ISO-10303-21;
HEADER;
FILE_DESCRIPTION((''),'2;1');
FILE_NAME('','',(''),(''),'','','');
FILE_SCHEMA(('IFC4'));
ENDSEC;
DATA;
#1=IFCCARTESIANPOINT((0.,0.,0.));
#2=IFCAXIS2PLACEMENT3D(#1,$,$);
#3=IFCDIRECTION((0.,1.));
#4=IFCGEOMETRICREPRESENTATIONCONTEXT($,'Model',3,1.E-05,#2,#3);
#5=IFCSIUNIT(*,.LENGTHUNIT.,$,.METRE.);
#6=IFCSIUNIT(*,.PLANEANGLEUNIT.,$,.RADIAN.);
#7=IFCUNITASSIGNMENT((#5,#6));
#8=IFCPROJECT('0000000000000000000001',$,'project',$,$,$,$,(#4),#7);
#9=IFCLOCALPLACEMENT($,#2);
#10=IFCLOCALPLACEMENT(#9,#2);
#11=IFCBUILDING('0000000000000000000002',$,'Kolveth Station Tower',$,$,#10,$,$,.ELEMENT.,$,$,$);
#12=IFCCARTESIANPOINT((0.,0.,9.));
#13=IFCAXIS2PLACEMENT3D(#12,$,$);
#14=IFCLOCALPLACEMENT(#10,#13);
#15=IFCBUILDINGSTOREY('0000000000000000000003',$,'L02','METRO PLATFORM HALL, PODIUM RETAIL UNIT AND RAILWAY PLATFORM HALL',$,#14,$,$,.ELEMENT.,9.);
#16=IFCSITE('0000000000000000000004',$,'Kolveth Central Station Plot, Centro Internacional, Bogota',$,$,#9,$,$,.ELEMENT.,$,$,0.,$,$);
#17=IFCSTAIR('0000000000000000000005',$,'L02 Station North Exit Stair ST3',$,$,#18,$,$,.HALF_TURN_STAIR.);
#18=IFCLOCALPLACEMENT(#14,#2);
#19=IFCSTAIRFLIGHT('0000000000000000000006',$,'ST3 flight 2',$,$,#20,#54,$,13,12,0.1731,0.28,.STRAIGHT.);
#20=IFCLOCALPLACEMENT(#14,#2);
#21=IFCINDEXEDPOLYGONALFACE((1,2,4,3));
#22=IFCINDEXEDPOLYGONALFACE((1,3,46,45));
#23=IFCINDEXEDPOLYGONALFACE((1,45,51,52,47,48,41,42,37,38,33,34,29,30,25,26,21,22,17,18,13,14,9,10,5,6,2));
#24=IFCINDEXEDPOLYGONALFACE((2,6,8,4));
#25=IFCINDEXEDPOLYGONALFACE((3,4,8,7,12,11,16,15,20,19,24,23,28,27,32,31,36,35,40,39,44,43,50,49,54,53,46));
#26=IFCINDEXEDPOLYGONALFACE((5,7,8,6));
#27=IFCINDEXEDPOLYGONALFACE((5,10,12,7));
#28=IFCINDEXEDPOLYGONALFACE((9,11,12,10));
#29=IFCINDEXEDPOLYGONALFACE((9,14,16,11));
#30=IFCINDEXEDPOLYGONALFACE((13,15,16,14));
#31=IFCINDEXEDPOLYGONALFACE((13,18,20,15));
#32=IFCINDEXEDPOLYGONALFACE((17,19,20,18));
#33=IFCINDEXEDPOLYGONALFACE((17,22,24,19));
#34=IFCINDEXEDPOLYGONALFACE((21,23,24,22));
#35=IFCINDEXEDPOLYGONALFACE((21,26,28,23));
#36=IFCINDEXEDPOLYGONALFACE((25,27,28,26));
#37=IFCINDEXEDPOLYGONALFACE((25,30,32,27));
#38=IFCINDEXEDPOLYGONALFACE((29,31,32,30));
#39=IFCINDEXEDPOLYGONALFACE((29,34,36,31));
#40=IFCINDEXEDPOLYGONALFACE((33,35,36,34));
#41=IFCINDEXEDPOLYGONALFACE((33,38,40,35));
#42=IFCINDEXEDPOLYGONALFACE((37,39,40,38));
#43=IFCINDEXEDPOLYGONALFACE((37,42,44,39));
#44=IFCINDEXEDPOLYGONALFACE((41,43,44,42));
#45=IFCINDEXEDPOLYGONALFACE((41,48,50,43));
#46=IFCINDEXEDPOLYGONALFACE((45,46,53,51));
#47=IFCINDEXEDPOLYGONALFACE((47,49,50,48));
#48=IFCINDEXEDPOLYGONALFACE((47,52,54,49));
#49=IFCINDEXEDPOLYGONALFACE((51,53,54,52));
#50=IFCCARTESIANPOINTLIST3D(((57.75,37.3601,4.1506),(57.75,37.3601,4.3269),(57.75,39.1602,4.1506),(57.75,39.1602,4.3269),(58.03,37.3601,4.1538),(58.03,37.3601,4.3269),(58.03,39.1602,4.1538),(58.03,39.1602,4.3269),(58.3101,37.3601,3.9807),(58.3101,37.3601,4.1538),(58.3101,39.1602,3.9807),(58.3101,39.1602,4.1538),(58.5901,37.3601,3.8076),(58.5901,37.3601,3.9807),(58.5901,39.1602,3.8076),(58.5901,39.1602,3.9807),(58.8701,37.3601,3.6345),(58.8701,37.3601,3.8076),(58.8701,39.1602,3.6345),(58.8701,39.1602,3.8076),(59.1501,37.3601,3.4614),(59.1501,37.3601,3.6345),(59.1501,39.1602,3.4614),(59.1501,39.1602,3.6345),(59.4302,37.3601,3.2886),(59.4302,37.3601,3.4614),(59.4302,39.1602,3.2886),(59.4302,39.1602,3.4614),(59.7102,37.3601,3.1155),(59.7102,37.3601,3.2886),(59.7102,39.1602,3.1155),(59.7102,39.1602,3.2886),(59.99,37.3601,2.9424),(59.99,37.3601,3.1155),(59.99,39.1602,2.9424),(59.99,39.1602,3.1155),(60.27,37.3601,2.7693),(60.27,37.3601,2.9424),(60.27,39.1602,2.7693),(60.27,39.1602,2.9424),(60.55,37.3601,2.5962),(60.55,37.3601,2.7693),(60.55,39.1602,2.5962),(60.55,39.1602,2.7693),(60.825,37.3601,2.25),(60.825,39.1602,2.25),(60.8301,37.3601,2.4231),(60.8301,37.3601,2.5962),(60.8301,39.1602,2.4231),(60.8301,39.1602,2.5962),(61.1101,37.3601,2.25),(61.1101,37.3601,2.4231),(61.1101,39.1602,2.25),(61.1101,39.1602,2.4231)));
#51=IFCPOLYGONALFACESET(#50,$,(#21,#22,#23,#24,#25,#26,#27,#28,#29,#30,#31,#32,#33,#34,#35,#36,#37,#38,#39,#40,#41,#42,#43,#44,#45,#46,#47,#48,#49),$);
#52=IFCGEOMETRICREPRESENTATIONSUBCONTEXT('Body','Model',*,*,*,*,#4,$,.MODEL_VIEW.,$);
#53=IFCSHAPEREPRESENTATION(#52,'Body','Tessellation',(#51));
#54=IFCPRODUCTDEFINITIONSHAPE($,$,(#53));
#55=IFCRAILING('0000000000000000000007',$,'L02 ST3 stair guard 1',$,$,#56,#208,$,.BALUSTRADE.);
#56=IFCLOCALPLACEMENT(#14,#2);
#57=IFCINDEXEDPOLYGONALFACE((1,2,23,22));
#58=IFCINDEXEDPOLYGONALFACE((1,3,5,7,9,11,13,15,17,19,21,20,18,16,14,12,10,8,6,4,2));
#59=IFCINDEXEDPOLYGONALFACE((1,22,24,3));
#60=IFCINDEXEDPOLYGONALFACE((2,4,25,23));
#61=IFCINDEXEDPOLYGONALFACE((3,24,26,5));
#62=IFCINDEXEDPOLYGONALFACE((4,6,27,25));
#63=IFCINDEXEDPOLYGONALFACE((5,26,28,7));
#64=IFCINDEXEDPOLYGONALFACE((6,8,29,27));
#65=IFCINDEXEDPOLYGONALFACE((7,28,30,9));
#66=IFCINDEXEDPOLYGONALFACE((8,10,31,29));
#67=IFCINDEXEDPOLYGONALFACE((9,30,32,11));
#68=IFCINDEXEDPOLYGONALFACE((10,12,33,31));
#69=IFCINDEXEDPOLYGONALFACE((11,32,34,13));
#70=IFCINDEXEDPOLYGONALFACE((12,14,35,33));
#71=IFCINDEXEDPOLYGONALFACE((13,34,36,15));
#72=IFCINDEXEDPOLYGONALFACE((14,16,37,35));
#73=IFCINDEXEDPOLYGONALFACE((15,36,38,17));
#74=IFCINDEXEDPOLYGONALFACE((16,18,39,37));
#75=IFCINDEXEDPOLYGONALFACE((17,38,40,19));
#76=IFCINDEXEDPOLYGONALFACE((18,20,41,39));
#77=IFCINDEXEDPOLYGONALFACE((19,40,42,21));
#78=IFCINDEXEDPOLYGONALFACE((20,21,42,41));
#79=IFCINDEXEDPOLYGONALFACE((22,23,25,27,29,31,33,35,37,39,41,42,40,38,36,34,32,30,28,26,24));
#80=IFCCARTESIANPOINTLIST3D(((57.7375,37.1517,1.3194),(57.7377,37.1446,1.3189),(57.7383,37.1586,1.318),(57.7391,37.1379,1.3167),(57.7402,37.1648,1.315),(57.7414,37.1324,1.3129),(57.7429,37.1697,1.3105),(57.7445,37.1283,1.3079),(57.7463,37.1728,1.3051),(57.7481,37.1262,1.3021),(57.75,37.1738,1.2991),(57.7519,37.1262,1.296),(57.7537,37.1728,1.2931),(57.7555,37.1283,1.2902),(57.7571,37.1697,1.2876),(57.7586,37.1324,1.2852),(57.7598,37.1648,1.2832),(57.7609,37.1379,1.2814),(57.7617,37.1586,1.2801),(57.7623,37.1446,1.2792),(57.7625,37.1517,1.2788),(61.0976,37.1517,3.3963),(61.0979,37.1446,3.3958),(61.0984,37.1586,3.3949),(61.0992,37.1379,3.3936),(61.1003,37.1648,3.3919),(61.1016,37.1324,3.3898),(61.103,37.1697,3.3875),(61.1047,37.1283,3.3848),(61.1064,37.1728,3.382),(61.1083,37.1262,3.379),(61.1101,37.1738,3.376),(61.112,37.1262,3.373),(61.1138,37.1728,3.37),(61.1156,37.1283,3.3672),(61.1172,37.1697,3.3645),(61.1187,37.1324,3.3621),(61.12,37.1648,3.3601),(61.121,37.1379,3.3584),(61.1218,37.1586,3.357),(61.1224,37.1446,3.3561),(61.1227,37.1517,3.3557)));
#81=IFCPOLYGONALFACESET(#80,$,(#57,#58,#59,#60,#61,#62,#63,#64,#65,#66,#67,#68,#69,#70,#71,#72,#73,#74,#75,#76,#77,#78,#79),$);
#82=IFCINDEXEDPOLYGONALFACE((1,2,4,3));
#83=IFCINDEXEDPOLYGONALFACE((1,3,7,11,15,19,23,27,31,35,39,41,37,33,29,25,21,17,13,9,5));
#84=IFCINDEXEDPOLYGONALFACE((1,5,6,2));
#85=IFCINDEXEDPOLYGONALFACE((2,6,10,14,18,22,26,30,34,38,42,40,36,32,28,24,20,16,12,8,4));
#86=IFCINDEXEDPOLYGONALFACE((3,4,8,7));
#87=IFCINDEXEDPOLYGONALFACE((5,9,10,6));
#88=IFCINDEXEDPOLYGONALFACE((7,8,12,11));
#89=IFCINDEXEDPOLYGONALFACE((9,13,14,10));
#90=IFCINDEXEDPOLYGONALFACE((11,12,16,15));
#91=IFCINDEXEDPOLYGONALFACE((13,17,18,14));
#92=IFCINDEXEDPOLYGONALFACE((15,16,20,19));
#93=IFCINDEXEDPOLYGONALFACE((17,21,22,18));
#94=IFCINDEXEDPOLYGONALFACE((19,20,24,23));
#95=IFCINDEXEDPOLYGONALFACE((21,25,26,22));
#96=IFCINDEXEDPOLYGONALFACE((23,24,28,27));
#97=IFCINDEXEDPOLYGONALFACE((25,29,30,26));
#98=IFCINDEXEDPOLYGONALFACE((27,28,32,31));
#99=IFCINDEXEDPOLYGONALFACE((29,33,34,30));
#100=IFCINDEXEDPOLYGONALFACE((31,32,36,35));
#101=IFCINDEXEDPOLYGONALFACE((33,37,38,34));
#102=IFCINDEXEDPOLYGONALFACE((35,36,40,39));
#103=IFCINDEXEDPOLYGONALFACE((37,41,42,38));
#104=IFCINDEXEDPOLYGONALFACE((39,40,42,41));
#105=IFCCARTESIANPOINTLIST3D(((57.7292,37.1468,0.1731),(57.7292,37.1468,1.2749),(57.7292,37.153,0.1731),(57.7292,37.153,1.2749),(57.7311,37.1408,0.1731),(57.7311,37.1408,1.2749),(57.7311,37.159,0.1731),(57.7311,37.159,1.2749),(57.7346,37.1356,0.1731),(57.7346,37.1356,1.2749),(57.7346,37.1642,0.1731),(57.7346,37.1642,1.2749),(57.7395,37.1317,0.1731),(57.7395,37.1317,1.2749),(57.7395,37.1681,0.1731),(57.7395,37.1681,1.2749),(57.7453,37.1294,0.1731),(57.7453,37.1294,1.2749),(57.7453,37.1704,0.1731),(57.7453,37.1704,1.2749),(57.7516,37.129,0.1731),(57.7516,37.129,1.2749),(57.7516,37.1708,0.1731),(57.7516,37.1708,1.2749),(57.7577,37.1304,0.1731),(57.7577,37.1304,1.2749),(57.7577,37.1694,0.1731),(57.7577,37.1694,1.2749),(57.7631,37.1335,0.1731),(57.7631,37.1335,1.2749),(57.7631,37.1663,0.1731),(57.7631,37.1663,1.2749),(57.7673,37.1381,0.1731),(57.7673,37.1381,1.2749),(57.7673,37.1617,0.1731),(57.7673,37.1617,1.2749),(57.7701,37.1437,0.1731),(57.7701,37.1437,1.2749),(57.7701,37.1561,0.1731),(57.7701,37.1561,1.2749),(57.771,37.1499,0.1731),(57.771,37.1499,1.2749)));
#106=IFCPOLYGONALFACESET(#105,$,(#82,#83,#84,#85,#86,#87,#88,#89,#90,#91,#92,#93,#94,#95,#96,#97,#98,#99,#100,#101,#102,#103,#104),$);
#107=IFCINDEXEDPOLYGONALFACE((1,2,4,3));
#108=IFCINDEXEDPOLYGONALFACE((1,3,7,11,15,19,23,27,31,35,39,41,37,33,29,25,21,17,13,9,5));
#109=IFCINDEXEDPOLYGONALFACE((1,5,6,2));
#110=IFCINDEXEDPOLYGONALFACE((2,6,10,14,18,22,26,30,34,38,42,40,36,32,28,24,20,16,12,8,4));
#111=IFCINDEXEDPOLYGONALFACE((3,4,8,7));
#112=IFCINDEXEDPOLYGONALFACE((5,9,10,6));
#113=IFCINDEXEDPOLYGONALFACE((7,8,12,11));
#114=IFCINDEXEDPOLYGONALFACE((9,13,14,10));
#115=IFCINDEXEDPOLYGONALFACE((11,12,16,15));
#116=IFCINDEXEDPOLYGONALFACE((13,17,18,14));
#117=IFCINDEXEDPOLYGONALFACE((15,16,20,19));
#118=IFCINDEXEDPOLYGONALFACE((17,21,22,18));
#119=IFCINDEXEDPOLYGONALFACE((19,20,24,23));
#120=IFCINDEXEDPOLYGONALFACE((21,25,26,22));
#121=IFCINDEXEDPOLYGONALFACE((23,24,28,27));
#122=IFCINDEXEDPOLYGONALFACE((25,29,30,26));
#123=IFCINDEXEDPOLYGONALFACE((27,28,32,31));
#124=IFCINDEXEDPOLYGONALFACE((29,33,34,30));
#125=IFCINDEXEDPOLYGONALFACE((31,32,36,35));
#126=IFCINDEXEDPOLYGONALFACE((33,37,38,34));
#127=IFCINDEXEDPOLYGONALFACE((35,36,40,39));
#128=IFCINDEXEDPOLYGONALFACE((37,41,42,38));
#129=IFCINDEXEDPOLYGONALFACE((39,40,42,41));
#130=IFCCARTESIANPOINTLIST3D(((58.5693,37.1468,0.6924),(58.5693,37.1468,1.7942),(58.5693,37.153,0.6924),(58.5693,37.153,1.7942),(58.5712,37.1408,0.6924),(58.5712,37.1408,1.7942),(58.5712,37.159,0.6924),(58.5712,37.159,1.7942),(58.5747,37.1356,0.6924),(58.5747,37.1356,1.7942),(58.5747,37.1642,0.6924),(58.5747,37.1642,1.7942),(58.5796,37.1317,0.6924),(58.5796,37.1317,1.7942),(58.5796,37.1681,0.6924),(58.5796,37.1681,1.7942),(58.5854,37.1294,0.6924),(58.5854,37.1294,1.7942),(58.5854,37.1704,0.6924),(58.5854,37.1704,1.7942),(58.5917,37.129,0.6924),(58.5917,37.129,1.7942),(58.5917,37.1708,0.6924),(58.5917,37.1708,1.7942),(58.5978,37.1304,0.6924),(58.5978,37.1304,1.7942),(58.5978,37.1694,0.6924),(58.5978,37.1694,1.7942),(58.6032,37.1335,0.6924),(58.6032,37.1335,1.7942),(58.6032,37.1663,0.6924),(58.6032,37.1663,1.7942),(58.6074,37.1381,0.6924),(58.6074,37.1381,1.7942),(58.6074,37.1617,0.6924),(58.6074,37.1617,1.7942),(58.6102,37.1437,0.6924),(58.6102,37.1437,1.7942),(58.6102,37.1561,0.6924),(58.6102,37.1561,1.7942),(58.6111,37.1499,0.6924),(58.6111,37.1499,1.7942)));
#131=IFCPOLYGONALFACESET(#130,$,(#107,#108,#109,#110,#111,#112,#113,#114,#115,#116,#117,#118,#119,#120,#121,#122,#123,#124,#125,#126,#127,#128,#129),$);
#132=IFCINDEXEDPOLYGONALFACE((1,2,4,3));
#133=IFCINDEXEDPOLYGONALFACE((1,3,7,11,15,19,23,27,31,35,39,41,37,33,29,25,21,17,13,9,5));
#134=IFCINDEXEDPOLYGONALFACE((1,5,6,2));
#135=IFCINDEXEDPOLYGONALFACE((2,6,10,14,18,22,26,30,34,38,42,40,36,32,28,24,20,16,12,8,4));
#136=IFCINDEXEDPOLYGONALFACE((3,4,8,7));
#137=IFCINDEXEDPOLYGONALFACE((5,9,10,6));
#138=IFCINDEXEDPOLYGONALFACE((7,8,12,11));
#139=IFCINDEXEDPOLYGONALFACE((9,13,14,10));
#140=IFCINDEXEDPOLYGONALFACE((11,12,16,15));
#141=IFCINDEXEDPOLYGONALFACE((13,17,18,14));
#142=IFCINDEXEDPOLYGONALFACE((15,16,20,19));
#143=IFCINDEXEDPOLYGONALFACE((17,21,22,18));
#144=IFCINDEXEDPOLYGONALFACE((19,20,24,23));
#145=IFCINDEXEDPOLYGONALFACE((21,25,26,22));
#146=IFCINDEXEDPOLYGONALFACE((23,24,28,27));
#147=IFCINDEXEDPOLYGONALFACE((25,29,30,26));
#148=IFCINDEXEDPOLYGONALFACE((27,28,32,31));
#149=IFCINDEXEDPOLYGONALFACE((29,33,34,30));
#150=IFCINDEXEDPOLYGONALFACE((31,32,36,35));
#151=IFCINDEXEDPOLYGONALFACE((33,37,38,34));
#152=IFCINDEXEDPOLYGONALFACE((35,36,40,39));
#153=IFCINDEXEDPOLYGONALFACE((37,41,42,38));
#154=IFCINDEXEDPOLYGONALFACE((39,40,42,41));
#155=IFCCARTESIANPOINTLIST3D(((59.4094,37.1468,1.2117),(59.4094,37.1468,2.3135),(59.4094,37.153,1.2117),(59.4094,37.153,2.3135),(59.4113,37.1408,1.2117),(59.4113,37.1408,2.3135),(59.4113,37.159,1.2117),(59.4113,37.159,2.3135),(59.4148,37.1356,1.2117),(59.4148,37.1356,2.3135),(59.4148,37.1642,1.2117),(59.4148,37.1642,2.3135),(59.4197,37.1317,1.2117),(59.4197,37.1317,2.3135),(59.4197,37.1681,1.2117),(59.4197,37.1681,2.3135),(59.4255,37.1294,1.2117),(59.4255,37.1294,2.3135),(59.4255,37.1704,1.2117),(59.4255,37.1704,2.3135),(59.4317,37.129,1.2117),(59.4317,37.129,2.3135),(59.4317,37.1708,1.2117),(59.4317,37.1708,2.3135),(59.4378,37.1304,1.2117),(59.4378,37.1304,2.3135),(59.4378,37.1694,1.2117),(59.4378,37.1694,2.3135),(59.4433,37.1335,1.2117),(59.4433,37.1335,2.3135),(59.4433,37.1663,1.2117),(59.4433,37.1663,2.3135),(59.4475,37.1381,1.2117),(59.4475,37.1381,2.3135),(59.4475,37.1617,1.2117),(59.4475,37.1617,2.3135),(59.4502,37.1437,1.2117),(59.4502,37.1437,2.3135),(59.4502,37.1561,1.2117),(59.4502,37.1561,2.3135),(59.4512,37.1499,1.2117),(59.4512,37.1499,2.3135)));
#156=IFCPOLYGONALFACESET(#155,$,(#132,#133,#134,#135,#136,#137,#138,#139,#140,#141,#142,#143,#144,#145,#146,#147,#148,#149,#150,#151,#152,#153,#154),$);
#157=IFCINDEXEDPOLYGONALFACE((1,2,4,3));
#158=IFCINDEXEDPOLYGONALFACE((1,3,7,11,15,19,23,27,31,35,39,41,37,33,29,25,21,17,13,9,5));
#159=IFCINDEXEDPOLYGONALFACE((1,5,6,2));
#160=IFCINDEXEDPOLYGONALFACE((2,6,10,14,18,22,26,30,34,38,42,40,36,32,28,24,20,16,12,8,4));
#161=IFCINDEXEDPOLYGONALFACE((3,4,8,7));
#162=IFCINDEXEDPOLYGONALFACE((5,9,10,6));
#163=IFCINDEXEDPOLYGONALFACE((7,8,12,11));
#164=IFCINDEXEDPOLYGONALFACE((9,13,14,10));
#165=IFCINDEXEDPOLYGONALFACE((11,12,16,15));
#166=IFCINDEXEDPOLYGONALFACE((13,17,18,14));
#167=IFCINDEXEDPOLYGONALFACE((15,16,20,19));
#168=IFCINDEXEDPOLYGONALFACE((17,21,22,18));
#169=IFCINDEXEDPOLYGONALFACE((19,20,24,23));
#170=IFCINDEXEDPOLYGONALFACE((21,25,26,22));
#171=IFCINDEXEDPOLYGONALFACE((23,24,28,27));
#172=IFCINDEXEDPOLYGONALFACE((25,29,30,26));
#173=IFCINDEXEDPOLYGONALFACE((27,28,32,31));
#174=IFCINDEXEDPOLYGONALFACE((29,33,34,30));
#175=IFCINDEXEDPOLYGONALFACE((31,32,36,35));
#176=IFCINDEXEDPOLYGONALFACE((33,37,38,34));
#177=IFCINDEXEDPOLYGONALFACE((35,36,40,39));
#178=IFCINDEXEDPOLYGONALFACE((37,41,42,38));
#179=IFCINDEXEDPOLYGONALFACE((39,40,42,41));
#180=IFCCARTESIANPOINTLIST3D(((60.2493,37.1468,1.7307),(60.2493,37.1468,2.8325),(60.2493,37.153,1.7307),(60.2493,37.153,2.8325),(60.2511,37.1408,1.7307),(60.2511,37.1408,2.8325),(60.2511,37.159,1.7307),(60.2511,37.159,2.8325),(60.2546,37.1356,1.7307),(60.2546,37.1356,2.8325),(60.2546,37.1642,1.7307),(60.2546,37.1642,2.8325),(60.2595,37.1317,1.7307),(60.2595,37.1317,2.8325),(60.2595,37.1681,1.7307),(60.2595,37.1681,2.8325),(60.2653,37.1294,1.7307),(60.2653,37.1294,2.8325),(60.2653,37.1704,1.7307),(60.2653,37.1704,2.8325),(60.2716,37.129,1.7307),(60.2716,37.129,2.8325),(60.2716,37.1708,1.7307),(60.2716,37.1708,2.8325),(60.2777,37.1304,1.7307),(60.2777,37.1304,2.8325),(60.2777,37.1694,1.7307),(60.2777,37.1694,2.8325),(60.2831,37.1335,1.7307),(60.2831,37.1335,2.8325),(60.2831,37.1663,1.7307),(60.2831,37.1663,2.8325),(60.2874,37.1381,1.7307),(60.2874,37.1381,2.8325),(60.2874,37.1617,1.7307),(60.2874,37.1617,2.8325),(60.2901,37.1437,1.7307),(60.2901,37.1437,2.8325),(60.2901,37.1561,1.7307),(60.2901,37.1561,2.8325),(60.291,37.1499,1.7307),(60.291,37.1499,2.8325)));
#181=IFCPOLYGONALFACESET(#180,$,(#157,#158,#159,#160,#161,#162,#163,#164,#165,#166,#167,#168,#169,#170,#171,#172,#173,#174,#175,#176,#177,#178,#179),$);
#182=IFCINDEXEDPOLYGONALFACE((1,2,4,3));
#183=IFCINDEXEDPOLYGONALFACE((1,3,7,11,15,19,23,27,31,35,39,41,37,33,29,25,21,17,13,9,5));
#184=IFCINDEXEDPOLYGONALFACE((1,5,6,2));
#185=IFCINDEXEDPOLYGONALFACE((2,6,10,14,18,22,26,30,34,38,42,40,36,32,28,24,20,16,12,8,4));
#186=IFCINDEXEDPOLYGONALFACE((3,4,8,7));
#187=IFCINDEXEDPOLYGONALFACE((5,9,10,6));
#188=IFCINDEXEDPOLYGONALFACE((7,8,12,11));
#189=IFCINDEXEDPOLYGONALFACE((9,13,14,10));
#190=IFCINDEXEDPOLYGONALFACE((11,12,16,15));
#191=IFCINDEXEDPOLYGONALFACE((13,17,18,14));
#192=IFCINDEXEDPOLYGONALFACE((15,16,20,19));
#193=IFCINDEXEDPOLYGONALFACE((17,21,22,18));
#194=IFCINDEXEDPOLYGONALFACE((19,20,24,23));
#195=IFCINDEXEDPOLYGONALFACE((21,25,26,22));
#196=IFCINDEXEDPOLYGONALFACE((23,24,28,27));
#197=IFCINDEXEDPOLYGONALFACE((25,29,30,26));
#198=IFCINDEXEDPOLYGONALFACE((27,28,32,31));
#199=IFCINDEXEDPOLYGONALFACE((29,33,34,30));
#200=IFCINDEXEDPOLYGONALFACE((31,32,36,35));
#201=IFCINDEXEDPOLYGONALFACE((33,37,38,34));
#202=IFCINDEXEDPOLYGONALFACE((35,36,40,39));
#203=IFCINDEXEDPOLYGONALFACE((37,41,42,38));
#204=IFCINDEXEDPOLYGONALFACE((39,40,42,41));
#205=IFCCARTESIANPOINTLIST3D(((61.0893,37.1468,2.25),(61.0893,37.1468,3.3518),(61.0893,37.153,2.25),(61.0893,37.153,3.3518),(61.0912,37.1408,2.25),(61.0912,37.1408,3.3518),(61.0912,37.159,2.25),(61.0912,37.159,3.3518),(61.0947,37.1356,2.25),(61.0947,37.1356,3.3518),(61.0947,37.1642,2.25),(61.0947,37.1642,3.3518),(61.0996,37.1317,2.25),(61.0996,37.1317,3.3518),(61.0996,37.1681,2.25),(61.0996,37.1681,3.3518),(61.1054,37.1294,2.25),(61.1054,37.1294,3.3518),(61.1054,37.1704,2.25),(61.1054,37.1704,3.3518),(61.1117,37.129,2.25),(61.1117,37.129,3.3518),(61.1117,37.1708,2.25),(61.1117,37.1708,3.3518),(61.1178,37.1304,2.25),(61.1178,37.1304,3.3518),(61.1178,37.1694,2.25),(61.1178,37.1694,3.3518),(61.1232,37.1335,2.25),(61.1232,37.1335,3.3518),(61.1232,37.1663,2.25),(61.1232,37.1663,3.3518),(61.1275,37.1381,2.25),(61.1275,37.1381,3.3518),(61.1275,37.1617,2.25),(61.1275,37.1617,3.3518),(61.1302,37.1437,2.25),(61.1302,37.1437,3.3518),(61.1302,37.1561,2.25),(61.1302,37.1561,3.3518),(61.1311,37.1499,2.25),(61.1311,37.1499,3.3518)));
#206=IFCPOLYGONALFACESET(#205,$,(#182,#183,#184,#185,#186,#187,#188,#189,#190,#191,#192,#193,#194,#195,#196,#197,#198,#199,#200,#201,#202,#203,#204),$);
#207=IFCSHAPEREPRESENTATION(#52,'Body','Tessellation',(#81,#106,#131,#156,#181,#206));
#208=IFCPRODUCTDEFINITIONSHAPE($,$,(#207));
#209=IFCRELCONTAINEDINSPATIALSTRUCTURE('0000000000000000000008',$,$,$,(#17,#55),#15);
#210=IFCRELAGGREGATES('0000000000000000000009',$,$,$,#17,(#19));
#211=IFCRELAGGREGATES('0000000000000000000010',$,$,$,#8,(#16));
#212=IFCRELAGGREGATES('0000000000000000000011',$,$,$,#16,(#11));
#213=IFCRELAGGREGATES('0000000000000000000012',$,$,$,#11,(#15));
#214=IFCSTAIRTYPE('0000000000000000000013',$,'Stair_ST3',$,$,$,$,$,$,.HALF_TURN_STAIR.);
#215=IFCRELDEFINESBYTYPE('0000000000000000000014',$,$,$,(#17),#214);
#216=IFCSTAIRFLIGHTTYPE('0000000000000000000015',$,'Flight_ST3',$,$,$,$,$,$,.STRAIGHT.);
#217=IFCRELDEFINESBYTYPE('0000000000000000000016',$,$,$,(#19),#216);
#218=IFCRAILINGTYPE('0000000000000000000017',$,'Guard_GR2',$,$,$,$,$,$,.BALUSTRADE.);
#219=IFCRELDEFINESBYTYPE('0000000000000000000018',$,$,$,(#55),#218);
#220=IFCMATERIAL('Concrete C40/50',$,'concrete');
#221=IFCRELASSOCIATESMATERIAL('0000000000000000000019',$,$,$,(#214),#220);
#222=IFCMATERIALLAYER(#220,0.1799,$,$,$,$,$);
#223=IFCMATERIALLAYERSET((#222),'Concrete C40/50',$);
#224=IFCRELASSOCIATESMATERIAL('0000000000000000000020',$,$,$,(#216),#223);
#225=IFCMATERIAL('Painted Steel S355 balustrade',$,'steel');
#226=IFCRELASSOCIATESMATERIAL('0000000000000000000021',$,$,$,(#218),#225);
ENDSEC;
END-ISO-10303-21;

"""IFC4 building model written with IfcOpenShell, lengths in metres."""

from ifc_helpers import new_model, si_unit, direction, frame, origin, origin_2d, place, context, subcontext, project, spatial, polyline, circle, outline, extrude, material, layer, layer_set, type_object, element, aggregate, save


model = new_model("IFC4")

# Units and contexts
model_context = context("Model", 3, precision=1e-05, world=origin(), true_north=direction((0.0, 1.0)))
body_context = subcontext(model_context, "Body", "Model", "MODEL_VIEW")
ifc_project = project(units=[si_unit("LENGTHUNIT", "METRE"), si_unit("PLANEANGLEUNIT", "RADIAN")], contexts=[model_context])

# Site, building, storey
site_placement = place(None, origin())
site = spatial("IfcSite", under=ifc_project, at=site_placement, Name="Kolveth Central Station Plot, Centro Internacional, Bogota", CompositionType="ELEMENT", RefElevation=0.0)
building_placement = place(site_placement, origin())
building = spatial("IfcBuilding", under=site, at=building_placement, Name="Kolveth Station Tower", CompositionType="ELEMENT")
storey_placement = place(building_placement, frame((0.0, 0.0, 9.0)))
storey = spatial("IfcBuildingStorey", under=building, at=storey_placement, Name="L02", Description="METRO PLATFORM HALL, PODIUM RETAIL UNIT AND RAILWAY PLATFORM HALL", CompositionType="ELEMENT", Elevation=9.0)

# Shared definitions
ifc_material_1 = material(Name="Concrete C40/50", Category="concrete")

# Stair, stair flight
stair_type = type_object("IfcStairType", Name="Stair_ST3", PredefinedType="HALF_TURN_STAIR", material=ifc_material_1)
stair_placement = place(storey_placement, origin())
stair = element("IfcStair", 1, at=stair_placement, inside=storey, type_object=stair_type, Name="L02 Station North Exit Stair ST3", PredefinedType="HALF_TURN_STAIR")
ifc_layer_1 = layer(ifc_material_1, 0.1799)
ifc_layer_set_1 = layer_set([ifc_layer_1], Name="Concrete C40/50")
stair_flight_type = type_object("IfcStairFlightType", Name="Flight_ST3", PredefinedType="STRAIGHT", material=ifc_layer_set_1)
stair_flight_1_placement = place(storey_placement, frame((61.1101, 38.26, 2.25), z_axis=(0.0, 0.0, 1.0), x_axis=(-1.0, 0.0, 0.0)))
stair_flight_1 = element("IfcStairFlight", 2, at=stair_flight_1_placement, type_object=stair_flight_type, Name="ST3 flight 2", NumberOfRisers=13, NumberOfTreads=12, PredefinedType="STRAIGHT", RiserHeight=0.1731, TreadLength=0.28, context=body_context, shape_type="SweptSolid", body=[
    extrude(outline(polyline([(0.0, 0.0), (0.0, 0.1731), (0.28, 0.1731), (0.28, 0.3462), (0.5601, 0.3462), (0.5601, 0.5193), (0.8401, 0.5193), (0.8401, 0.6924), (1.1201, 0.6924), (1.1201, 0.8655), (1.3999, 0.8655), (1.3999, 1.0386), (1.6799, 1.0386), (1.6799, 1.2114), (1.96, 1.2114), (1.96, 1.3845), (2.24, 1.3845), (2.24, 1.5576), (2.52, 1.5576), (2.52, 1.7307), (2.8, 1.7307), (2.8, 1.9038), (3.0801, 1.9038), (3.0801, 2.0769), (3.3601, 2.0769), (3.3601, 2.25), (3.3601, 1.9006), (0.2852, 0.0), (0.0, 0.0)])), frame((0.0, 0.8999, 0.0), z_axis=(0.0, -1.0, 0.0), x_axis=(1.0, 0.0, 0.0)), (0.0, 0.0, 1.0), 1.8),
])
aggregate(stair, [stair_flight_1])

# Railing
ifc_material_2 = material(Name="Painted Steel S355 balustrade", Category="steel")
railing_type_1 = type_object("IfcRailingType", Name="Guard_GR2", PredefinedType="BALUSTRADE", material=ifc_material_2)
railing_1_placement = place(storey_placement, frame((57.75, 37.1499, 0.1731)))
element("IfcRailing", 3, at=railing_1_placement, inside=storey, type_object=railing_type_1, Name="L02 ST3 stair guard 1", PredefinedType="BALUSTRADE", context=body_context, shape_type="SweptSolid", body=[
    extrude(circle(Radius=0.0239, at=origin_2d()), frame((0.0, 0.0, 1.126), z_axis=(0.850623, 0.0, 0.525776), x_axis=(0.0, 1.0, 0.0)), (0.0, 0.0, 1.0), 3.9502),
    extrude(circle(Radius=0.021, at=origin_2d()), origin(), (0.0, 0.0, 1.0), 1.1018),
    extrude(circle(Radius=0.021, at=origin_2d()), frame((0.8401, 0.0, 0.5193)), (0.0, 0.0, 1.0), 1.1018),
    extrude(circle(Radius=0.021, at=origin_2d()), frame((1.6802, 0.0, 1.0386)), (0.0, 0.0, 1.0), 1.1018),
    extrude(circle(Radius=0.021, at=origin_2d()), frame((2.52, 0.0, 1.5576)), (0.0, 0.0, 1.0), 1.1018),
    extrude(circle(Radius=0.021, at=origin_2d()), frame((3.3601, 0.0, 2.0769)), (0.0, 0.0, 1.0), 1.1018),
])

save(model, "model.ifc")
